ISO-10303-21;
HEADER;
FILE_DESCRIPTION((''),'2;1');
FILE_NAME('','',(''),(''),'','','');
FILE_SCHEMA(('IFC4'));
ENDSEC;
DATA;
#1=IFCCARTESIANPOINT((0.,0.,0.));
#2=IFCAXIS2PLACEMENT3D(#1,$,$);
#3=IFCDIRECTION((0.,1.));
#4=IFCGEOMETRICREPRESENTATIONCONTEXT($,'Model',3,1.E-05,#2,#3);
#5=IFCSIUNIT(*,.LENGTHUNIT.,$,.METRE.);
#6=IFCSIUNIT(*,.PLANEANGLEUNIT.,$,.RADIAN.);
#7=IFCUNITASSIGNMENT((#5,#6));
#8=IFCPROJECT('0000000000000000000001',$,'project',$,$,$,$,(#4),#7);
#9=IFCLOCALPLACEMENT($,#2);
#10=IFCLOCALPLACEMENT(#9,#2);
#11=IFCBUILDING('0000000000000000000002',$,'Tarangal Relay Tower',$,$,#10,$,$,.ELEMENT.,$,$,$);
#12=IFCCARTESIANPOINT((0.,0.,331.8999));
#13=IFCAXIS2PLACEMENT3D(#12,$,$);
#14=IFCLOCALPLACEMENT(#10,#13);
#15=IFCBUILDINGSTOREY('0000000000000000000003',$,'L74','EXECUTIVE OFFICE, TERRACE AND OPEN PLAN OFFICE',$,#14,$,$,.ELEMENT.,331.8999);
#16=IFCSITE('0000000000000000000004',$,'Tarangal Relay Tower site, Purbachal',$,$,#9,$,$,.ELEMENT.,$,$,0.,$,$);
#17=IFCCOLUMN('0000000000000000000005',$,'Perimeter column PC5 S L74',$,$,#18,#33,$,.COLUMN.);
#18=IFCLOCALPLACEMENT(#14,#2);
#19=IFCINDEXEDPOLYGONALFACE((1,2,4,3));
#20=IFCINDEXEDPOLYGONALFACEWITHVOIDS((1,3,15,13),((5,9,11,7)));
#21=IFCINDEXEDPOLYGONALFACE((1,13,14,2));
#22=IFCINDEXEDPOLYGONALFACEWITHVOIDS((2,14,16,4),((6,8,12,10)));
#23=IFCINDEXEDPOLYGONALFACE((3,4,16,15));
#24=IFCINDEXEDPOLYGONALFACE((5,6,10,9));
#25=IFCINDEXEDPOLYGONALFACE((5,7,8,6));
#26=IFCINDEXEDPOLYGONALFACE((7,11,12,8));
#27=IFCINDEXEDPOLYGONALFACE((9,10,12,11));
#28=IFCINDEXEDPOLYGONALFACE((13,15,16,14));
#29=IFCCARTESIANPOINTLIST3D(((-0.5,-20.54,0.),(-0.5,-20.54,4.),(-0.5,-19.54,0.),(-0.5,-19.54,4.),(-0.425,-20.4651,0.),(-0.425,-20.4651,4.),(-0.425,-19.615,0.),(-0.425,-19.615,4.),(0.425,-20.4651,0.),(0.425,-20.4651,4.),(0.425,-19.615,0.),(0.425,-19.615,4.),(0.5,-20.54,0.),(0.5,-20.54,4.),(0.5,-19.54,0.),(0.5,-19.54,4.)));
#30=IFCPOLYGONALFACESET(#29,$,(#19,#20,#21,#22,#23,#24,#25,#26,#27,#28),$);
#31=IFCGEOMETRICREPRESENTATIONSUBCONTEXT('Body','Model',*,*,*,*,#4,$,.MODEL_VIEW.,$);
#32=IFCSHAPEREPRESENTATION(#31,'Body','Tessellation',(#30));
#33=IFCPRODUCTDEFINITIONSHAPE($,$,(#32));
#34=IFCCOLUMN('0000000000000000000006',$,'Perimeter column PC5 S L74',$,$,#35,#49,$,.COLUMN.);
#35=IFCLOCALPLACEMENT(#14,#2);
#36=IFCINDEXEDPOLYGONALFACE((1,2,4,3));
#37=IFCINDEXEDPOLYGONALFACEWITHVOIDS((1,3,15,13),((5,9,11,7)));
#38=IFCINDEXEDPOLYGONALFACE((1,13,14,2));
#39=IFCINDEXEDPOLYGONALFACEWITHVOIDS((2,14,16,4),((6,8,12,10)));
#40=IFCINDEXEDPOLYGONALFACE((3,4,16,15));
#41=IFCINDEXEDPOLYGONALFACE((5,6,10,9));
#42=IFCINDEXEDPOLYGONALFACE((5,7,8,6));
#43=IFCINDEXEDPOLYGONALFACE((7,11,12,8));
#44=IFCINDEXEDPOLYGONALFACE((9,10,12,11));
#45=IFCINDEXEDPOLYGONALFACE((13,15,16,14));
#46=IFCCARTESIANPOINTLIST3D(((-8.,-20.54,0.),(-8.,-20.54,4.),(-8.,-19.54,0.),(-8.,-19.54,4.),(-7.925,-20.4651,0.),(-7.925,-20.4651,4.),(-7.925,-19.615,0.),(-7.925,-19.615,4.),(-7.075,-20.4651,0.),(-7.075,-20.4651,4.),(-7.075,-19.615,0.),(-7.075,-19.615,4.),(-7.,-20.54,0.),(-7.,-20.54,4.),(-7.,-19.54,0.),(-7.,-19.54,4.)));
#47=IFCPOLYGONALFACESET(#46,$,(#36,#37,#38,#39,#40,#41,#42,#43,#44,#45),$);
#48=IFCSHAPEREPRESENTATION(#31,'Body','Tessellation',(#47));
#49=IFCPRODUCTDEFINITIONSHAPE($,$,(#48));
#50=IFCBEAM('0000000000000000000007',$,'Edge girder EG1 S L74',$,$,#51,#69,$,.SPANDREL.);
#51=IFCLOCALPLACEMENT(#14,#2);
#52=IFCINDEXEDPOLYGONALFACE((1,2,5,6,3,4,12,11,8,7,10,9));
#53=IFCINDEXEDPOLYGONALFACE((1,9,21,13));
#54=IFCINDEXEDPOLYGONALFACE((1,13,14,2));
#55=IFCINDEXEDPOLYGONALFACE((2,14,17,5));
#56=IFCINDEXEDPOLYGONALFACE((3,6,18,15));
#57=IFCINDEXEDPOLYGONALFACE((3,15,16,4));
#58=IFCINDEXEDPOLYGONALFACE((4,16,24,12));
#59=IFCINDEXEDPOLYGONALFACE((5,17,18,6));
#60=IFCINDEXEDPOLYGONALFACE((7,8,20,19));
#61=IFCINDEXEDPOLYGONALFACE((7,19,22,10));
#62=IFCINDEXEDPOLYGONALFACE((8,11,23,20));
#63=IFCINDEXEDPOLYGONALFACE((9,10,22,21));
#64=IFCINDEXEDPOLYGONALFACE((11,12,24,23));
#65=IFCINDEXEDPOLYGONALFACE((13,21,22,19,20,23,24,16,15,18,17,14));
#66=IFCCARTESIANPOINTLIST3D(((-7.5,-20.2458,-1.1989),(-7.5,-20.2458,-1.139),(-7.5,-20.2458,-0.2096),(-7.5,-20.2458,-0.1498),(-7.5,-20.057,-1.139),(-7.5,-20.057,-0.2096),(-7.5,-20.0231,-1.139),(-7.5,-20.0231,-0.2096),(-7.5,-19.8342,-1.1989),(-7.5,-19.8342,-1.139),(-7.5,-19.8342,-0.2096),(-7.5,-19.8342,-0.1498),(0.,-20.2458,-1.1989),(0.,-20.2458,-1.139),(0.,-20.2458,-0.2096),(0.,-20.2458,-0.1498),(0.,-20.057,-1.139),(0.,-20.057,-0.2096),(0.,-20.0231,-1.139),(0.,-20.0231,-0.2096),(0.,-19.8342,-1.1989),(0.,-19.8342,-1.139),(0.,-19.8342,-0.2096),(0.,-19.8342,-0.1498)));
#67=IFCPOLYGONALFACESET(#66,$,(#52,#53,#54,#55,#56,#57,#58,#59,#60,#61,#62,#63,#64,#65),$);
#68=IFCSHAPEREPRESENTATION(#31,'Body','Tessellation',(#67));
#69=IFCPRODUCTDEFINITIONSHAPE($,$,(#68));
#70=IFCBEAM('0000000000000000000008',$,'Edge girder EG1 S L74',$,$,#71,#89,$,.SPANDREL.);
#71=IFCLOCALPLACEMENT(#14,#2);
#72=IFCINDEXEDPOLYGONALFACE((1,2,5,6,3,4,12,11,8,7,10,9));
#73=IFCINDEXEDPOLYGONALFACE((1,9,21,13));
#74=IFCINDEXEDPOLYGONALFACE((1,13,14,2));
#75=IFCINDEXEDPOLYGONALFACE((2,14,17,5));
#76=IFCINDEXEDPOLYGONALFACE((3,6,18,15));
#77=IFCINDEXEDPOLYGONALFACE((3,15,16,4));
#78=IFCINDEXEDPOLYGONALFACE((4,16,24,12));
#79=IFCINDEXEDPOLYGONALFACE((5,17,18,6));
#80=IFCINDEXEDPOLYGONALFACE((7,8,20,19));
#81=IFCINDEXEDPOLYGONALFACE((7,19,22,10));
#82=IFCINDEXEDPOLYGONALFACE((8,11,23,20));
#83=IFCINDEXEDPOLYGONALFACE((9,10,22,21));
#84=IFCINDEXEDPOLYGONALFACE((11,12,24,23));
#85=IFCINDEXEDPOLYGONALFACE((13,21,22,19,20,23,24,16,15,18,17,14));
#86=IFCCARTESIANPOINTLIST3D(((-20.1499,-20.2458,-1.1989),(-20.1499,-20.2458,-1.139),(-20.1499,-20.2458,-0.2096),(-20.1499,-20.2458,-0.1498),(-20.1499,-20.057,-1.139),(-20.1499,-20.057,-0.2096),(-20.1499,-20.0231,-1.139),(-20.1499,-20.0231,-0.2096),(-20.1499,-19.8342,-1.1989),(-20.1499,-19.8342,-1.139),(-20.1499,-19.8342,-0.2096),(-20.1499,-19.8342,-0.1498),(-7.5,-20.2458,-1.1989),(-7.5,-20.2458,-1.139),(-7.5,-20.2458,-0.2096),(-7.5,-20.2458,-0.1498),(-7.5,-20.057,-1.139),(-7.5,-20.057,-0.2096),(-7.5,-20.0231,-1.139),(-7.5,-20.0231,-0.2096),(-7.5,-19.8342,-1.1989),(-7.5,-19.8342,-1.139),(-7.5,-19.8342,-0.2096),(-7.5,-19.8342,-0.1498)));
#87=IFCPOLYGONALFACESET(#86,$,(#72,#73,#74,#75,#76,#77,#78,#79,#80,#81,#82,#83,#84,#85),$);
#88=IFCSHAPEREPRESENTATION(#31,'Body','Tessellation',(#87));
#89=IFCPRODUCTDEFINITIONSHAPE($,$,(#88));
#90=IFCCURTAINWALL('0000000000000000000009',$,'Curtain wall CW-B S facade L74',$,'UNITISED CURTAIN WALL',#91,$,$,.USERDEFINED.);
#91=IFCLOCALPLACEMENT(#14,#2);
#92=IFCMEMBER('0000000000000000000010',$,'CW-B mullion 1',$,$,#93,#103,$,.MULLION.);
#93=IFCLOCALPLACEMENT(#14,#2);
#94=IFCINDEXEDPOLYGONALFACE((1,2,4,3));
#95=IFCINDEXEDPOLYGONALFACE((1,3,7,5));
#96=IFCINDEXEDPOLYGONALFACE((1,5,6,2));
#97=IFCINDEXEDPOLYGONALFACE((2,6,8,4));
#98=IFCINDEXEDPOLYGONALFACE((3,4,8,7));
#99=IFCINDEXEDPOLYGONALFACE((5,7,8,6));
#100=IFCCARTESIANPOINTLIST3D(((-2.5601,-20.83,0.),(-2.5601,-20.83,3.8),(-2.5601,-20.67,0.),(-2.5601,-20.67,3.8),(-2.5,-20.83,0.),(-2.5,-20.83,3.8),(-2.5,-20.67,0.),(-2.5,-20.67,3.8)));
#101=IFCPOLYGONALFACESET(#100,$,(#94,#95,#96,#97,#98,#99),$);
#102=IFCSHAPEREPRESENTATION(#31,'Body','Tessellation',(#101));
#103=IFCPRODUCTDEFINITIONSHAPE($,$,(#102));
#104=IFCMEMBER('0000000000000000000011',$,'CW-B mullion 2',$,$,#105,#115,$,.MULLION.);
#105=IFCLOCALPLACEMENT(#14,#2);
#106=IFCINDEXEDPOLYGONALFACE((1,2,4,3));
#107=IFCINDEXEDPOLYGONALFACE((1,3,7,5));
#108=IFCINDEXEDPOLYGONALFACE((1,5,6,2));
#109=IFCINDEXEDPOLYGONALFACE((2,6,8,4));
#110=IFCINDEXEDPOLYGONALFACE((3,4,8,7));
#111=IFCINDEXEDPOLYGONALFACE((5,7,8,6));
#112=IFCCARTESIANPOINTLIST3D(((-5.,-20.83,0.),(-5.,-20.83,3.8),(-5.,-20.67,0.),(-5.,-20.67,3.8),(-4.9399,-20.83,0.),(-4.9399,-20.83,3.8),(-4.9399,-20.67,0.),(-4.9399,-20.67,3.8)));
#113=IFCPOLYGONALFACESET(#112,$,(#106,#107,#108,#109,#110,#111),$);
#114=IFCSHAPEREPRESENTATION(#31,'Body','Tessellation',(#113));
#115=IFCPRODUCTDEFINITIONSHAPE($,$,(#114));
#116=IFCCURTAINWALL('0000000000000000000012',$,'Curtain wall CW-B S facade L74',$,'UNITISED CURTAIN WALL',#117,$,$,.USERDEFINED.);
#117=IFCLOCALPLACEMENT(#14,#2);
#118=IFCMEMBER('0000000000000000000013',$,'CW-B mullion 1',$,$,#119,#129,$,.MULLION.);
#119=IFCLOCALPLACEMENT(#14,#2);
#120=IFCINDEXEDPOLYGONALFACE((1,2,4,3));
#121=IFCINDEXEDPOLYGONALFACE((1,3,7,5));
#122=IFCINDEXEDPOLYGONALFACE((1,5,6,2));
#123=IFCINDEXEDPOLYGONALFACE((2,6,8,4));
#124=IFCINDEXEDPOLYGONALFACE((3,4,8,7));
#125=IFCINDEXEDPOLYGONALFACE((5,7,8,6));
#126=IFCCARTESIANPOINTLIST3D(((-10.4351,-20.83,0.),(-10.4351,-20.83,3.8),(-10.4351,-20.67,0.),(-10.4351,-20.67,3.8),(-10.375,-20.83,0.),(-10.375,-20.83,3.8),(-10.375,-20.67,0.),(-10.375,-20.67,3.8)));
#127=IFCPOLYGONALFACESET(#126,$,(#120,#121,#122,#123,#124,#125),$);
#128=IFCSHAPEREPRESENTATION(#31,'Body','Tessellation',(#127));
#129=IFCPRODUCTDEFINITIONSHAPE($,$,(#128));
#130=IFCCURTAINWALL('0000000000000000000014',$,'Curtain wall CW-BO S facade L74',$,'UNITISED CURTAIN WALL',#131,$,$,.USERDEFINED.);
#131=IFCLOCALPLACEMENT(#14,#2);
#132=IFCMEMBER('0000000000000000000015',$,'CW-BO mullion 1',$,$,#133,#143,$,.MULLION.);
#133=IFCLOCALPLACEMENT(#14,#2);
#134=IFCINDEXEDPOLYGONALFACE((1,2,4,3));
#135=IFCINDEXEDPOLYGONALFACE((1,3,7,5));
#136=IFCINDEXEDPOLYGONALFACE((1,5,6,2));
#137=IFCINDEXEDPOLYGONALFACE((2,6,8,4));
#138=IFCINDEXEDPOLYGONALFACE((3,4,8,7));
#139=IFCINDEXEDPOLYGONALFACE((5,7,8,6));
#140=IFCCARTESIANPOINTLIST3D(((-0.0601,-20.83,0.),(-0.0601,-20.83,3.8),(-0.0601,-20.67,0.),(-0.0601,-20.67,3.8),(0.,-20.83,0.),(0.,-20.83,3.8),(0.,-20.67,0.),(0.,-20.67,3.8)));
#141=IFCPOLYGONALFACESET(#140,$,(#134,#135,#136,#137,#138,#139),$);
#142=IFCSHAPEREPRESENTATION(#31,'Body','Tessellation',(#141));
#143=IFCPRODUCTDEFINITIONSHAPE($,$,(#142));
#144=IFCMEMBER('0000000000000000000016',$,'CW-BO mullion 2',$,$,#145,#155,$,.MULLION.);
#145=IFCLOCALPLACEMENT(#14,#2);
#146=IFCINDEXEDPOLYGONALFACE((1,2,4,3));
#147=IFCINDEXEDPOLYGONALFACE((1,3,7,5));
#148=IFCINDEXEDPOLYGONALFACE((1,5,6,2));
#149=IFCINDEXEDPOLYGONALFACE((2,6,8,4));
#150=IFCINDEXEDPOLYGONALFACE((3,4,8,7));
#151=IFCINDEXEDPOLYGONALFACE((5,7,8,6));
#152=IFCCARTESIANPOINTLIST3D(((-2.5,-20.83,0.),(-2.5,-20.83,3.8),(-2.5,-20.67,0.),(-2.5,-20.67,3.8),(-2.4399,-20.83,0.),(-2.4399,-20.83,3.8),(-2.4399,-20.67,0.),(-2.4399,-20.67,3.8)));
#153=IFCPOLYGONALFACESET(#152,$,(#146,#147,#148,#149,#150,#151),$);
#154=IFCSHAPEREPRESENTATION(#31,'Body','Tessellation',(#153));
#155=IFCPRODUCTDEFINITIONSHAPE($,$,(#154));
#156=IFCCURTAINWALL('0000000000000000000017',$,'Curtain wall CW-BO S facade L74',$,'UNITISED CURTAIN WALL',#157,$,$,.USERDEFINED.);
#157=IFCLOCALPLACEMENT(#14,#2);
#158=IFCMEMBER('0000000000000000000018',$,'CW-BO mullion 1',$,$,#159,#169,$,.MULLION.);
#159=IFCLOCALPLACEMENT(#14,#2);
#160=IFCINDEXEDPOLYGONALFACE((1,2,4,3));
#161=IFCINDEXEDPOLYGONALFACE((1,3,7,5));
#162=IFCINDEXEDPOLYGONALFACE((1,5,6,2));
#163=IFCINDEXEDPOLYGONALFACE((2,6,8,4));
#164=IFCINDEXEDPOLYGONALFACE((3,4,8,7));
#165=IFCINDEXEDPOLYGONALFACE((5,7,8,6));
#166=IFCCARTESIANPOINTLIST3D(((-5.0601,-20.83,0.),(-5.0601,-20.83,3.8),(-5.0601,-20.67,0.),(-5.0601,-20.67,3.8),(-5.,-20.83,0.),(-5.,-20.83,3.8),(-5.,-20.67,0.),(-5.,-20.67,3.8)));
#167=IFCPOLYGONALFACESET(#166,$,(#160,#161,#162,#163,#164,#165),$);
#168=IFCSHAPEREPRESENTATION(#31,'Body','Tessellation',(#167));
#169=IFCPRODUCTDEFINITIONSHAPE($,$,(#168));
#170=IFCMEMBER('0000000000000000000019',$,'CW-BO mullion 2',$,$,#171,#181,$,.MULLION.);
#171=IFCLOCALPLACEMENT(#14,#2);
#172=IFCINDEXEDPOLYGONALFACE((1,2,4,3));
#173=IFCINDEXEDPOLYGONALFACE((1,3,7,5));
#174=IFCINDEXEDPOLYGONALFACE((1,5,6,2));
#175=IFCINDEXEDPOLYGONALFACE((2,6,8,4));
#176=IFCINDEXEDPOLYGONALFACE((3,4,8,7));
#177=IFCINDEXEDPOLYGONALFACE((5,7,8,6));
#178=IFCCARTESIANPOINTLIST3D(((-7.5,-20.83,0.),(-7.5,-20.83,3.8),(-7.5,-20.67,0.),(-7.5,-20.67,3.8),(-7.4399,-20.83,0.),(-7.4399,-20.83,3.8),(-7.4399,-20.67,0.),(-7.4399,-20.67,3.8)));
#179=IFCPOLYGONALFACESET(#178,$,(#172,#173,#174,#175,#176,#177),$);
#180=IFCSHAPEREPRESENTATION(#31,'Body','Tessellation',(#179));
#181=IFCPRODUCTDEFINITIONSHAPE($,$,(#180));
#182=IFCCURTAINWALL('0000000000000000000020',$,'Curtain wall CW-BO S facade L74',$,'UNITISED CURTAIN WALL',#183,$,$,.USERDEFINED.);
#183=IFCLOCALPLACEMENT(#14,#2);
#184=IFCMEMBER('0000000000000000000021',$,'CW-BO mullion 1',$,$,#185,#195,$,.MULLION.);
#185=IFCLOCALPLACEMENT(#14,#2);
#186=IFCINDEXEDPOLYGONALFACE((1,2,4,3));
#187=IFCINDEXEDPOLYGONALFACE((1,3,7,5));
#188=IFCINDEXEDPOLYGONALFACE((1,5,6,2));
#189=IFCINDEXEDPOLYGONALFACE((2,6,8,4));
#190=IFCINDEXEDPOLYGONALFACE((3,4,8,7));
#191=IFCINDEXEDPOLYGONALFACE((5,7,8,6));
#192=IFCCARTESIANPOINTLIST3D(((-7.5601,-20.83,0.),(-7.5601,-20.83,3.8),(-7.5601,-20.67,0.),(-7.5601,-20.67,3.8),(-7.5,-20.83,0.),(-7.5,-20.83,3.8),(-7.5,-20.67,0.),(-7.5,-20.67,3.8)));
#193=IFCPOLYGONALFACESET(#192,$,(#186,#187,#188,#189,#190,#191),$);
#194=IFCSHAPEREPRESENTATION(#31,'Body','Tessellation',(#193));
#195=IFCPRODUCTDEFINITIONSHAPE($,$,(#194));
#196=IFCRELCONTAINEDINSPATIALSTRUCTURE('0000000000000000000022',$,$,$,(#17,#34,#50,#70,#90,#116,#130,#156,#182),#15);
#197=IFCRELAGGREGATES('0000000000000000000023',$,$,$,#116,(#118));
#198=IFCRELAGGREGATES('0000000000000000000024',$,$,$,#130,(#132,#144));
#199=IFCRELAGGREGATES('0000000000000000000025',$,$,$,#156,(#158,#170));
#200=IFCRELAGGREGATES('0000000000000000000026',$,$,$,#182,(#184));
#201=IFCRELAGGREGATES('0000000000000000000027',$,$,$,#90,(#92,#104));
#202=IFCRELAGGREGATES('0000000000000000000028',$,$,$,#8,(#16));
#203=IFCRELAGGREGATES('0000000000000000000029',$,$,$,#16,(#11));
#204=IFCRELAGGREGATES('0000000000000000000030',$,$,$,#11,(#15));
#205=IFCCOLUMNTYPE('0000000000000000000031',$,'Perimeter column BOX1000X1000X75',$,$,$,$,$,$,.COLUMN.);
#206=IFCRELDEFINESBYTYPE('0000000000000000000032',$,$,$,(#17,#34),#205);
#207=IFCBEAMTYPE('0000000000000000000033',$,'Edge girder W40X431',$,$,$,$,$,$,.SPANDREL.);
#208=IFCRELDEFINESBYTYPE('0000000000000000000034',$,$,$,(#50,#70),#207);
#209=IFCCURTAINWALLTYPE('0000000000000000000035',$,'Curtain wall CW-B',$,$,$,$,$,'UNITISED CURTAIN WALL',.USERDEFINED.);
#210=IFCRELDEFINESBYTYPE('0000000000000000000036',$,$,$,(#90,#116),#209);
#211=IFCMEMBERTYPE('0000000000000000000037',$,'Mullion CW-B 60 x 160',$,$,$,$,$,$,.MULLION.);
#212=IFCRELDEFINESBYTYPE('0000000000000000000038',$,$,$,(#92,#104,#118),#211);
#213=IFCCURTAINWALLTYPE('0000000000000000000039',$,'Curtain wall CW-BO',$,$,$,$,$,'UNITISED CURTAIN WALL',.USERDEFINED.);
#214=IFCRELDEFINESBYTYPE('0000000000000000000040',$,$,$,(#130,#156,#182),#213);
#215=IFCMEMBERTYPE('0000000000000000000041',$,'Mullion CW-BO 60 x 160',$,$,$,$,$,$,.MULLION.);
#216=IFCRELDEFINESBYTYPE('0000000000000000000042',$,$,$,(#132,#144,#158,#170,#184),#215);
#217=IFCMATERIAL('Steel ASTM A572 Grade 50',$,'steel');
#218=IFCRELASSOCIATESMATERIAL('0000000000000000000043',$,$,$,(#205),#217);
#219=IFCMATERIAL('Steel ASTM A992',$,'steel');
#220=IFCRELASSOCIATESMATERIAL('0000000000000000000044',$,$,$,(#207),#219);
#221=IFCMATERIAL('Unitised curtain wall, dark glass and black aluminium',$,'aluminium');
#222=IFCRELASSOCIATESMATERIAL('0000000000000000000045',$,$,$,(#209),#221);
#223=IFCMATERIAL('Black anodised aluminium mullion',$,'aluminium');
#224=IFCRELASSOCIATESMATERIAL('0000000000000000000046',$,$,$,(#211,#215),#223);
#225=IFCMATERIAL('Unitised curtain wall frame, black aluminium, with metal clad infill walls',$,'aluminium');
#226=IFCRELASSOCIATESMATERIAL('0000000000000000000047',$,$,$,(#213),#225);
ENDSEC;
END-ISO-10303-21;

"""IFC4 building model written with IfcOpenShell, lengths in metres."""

from ifc_helpers import new_model, si_unit, direction, frame, origin, origin_2d, place, context, subcontext, project, spatial, rectangle, hollow_rectangle, i_section, extrude, material, material_profile, profile_set, type_object, element, aggregate, save


model = new_model("IFC4")

# Units and contexts
model_context = context("Model", 3, precision=1e-05, world=origin(), true_north=direction((0.0, 1.0)))
body_context = subcontext(model_context, "Body", "Model", "MODEL_VIEW")
ifc_project = project(units=[si_unit("LENGTHUNIT", "METRE"), si_unit("PLANEANGLEUNIT", "RADIAN")], contexts=[model_context])

# Site, building, storey
site_placement = place(None, origin())
site = spatial("IfcSite", under=ifc_project, at=site_placement, Name="Tarangal Relay Tower site, Purbachal", CompositionType="ELEMENT", RefElevation=0.0)
building_placement = place(site_placement, origin())
building = spatial("IfcBuilding", under=site, at=building_placement, Name="Tarangal Relay Tower", CompositionType="ELEMENT")
storey_placement = place(building_placement, frame((0.0, 0.0, 331.8999)))
storey = spatial("IfcBuildingStorey", under=building, at=storey_placement, Name="L74", Description="EXECUTIVE OFFICE, TERRACE AND OPEN PLAN OFFICE", CompositionType="ELEMENT", Elevation=331.8999)

# Columns
ifc_material_1 = material(Name="Steel ASTM A572 Grade 50", Category="steel")
ifc_material_profile_1 = material_profile(ifc_material_1, hollow_rectangle(XDim=1.0, YDim=1.0, WallThickness=0.075, at=origin_2d()), Name="BOX1000X1000X75")
ifc_profile_set_1 = profile_set([ifc_material_profile_1], Name="Steel ASTM A572 Grade 50")
column_type = type_object("IfcColumnType", Name="Perimeter column BOX1000X1000X75", PredefinedType="COLUMN", material=ifc_profile_set_1)
for number, where, z_axis, x_axis, name in (
    (1, (0.0, -20.04, 0.0), (0.0, 0.0, 1.0), (1.0, 0.0, 0.0), "Perimeter column PC5 S L74"),
    (2, (-7.5, -20.04, 0.0), (0.0, 0.0, 1.0), (1.0, 0.0, 0.0), "Perimeter column PC5 S L74"),
):
    element("IfcColumn", number, at=place(storey_placement, frame(where, z_axis=z_axis, x_axis=x_axis)), inside=storey, type_object=column_type, Name=name, PredefinedType="COLUMN", context=body_context, shape_type="SweptSolid", body=[
        extrude(hollow_rectangle(XDim=1.0, YDim=1.0, WallThickness=0.075, at=origin_2d()), origin(), (0.0, 0.0, 1.0), 4.0),
    ])

# Beams
ifc_material_2 = material(Name="Steel ASTM A992", Category="steel")
ifc_material_profile_2 = material_profile(ifc_material_2, i_section(OverallWidth=0.4116, OverallDepth=1.0491, WebThickness=0.0339, FlangeThickness=0.0598, at=origin_2d()), Name="W40X431")
ifc_profile_set_2 = profile_set([ifc_material_profile_2], Name="Steel ASTM A992")
beam_type = type_object("IfcBeamType", Name="Edge girder W40X431", PredefinedType="SPANDREL", material=ifc_profile_set_2)
beam_1_placement = place(storey_placement, frame((0.0, -20.04, -0.6743), z_axis=(-1.0, 0.0, 0.0), x_axis=(0.0, -1.0, 0.0)))
element("IfcBeam", 3, at=beam_1_placement, inside=storey, type_object=beam_type, Name="Edge girder EG1 S L74", PredefinedType="SPANDREL", context=body_context, shape_type="SweptSolid", body=[
    extrude(i_section(OverallWidth=0.4116, OverallDepth=1.0491, WebThickness=0.0339, FlangeThickness=0.0598, at=origin_2d()), origin(), (0.0, 0.0, 1.0), 7.5),
])
beam_2_placement = place(storey_placement, frame((-7.5, -20.04, -0.6743), z_axis=(-1.0, 0.0, 0.0), x_axis=(0.0, -1.0, 0.0)))
element("IfcBeam", 4, at=beam_2_placement, inside=storey, type_object=beam_type, Name="Edge girder EG1 S L74", PredefinedType="SPANDREL", context=body_context, shape_type="SweptSolid", body=[
    extrude(i_section(OverallWidth=0.4116, OverallDepth=1.0491, WebThickness=0.0339, FlangeThickness=0.0598, at=origin_2d()), origin(), (0.0, 0.0, 1.0), 12.6499),
])

# Curtain wall, members
ifc_material_3 = material(Name="Unitised curtain wall, dark glass and black aluminium", Category="aluminium")
curtain_wall_type_1 = type_object("IfcCurtainWallType", Name="Curtain wall CW-B", ElementType="UNITISED CURTAIN WALL", PredefinedType="USERDEFINED", material=ifc_material_3)
curtain_wall_1_placement = place(storey_placement, origin())
curtain_wall_1 = element("IfcCurtainWall", 5, at=curtain_wall_1_placement, inside=storey, type_object=curtain_wall_type_1, Name="Curtain wall CW-B S facade L74", ObjectType="UNITISED CURTAIN WALL", PredefinedType="USERDEFINED")
ifc_material_4 = material(Name="Black anodised aluminium mullion", Category="aluminium")
ifc_material_profile_3 = material_profile(ifc_material_4, rectangle(XDim=0.1599, YDim=0.0601, at=origin_2d()), Name="CW-BM 60X160")
ifc_profile_set_3 = profile_set([ifc_material_profile_3], Name="Black anodised aluminium mullion")
member_type_1 = type_object("IfcMemberType", Name="Mullion CW-B 60 x 160", PredefinedType="MULLION", material=ifc_profile_set_3)
member_1_placement = place(storey_placement, frame((-2.53, -20.75, 0.0), z_axis=(0.0, 0.0, 1.0), x_axis=(0.0, -1.0, 0.0)))
member_1 = element("IfcMember", 6, at=member_1_placement, type_object=member_type_1, Name="CW-B mullion 1", PredefinedType="MULLION", context=body_context, shape_type="SweptSolid", body=[
    extrude(rectangle(XDim=0.1599, YDim=0.0601, at=origin_2d()), origin(), (0.0, 0.0, 1.0), 3.8),
])
member_2_placement = place(storey_placement, frame((-4.97, -20.75, 0.0), z_axis=(0.0, 0.0, 1.0), x_axis=(0.0, -1.0, 0.0)))
member_2 = element("IfcMember", 7, at=member_2_placement, type_object=member_type_1, Name="CW-B mullion 2", PredefinedType="MULLION", context=body_context, shape_type="SweptSolid", body=[
    extrude(rectangle(XDim=0.1599, YDim=0.0601, at=origin_2d()), origin(), (0.0, 0.0, 1.0), 3.8),
])

# Curtain wall, member
curtain_wall_2_placement = place(storey_placement, origin())
curtain_wall_2 = element("IfcCurtainWall", 8, at=curtain_wall_2_placement, inside=storey, type_object=curtain_wall_type_1, Name="Curtain wall CW-B S facade L74", ObjectType="UNITISED CURTAIN WALL", PredefinedType="USERDEFINED")
member_3_placement = place(storey_placement, frame((-10.405, -20.75, 0.0), z_axis=(0.0, 0.0, 1.0), x_axis=(0.0, -1.0, 0.0)))
member_3 = element("IfcMember", 9, at=member_3_placement, type_object=member_type_1, Name="CW-B mullion 1", PredefinedType="MULLION", context=body_context, shape_type="SweptSolid", body=[
    extrude(rectangle(XDim=0.1599, YDim=0.0601, at=origin_2d()), origin(), (0.0, 0.0, 1.0), 3.8),
])

# Curtain walls, members
ifc_material_5 = material(Name="Unitised curtain wall frame, black aluminium, with metal clad infill walls", Category="aluminium")
curtain_wall_type_2 = type_object("IfcCurtainWallType", Name="Curtain wall CW-BO", ElementType="UNITISED CURTAIN WALL", PredefinedType="USERDEFINED", material=ifc_material_5)
curtain_wall_3_placement = place(storey_placement, origin())
curtain_wall_3 = element("IfcCurtainWall", 10, at=curtain_wall_3_placement, inside=storey, type_object=curtain_wall_type_2, Name="Curtain wall CW-BO S facade L74", ObjectType="UNITISED CURTAIN WALL", PredefinedType="USERDEFINED")
ifc_material_profile_4 = material_profile(ifc_material_4, rectangle(XDim=0.1599, YDim=0.0601, at=origin_2d()), Name="CW-BOM 60X160")
ifc_profile_set_4 = profile_set([ifc_material_profile_4], Name="Black anodised aluminium mullion")
member_type_2 = type_object("IfcMemberType", Name="Mullion CW-BO 60 x 160", PredefinedType="MULLION", material=ifc_profile_set_4)
member_4_placement = place(storey_placement, frame((-0.03, -20.75, 0.0), z_axis=(0.0, 0.0, 1.0), x_axis=(0.0, -1.0, 0.0)))
member_4 = element("IfcMember", 11, at=member_4_placement, type_object=member_type_2, Name="CW-BO mullion 1", PredefinedType="MULLION", context=body_context, shape_type="SweptSolid", body=[
    extrude(rectangle(XDim=0.1599, YDim=0.0601, at=origin_2d()), origin(), (0.0, 0.0, 1.0), 3.8),
])
member_5_placement = place(storey_placement, frame((-2.47, -20.75, 0.0), z_axis=(0.0, 0.0, 1.0), x_axis=(0.0, -1.0, 0.0)))
member_5 = element("IfcMember", 12, at=member_5_placement, type_object=member_type_2, Name="CW-BO mullion 2", PredefinedType="MULLION", context=body_context, shape_type="SweptSolid", body=[
    extrude(rectangle(XDim=0.1599, YDim=0.0601, at=origin_2d()), origin(), (0.0, 0.0, 1.0), 3.8),
])
curtain_wall_4_placement = place(storey_placement, origin())
curtain_wall_4 = element("IfcCurtainWall", 13, at=curtain_wall_4_placement, inside=storey, type_object=curtain_wall_type_2, Name="Curtain wall CW-BO S facade L74", ObjectType="UNITISED CURTAIN WALL", PredefinedType="USERDEFINED")
member_6_placement = place(storey_placement, frame((-5.03, -20.75, 0.0), z_axis=(0.0, 0.0, 1.0), x_axis=(0.0, -1.0, 0.0)))
member_6 = element("IfcMember", 14, at=member_6_placement, type_object=member_type_2, Name="CW-BO mullion 1", PredefinedType="MULLION", context=body_context, shape_type="SweptSolid", body=[
    extrude(rectangle(XDim=0.1599, YDim=0.0601, at=origin_2d()), origin(), (0.0, 0.0, 1.0), 3.8),
])
member_7_placement = place(storey_placement, frame((-7.47, -20.75, 0.0), z_axis=(0.0, 0.0, 1.0), x_axis=(0.0, -1.0, 0.0)))
member_7 = element("IfcMember", 15, at=member_7_placement, type_object=member_type_2, Name="CW-BO mullion 2", PredefinedType="MULLION", context=body_context, shape_type="SweptSolid", body=[
    extrude(rectangle(XDim=0.1599, YDim=0.0601, at=origin_2d()), origin(), (0.0, 0.0, 1.0), 3.8),
])
curtain_wall_5_placement = place(storey_placement, origin())
curtain_wall_5 = element("IfcCurtainWall", 16, at=curtain_wall_5_placement, inside=storey, type_object=curtain_wall_type_2, Name="Curtain wall CW-BO S facade L74", ObjectType="UNITISED CURTAIN WALL", PredefinedType="USERDEFINED")
member_8_placement = place(storey_placement, frame((-7.53, -20.75, 0.0), z_axis=(0.0, 0.0, 1.0), x_axis=(0.0, -1.0, 0.0)))
member_8 = element("IfcMember", 17, at=member_8_placement, type_object=member_type_2, Name="CW-BO mullion 1", PredefinedType="MULLION", context=body_context, shape_type="SweptSolid", body=[
    extrude(rectangle(XDim=0.1599, YDim=0.0601, at=origin_2d()), origin(), (0.0, 0.0, 1.0), 3.8),
])

aggregate(curtain_wall_2, [member_3])
aggregate(curtain_wall_3, [member_4, member_5])
aggregate(curtain_wall_4, [member_6, member_7])
aggregate(curtain_wall_5, [member_8])

aggregate(curtain_wall_1, [member_1, member_2])

save(model, "model.ifc")
